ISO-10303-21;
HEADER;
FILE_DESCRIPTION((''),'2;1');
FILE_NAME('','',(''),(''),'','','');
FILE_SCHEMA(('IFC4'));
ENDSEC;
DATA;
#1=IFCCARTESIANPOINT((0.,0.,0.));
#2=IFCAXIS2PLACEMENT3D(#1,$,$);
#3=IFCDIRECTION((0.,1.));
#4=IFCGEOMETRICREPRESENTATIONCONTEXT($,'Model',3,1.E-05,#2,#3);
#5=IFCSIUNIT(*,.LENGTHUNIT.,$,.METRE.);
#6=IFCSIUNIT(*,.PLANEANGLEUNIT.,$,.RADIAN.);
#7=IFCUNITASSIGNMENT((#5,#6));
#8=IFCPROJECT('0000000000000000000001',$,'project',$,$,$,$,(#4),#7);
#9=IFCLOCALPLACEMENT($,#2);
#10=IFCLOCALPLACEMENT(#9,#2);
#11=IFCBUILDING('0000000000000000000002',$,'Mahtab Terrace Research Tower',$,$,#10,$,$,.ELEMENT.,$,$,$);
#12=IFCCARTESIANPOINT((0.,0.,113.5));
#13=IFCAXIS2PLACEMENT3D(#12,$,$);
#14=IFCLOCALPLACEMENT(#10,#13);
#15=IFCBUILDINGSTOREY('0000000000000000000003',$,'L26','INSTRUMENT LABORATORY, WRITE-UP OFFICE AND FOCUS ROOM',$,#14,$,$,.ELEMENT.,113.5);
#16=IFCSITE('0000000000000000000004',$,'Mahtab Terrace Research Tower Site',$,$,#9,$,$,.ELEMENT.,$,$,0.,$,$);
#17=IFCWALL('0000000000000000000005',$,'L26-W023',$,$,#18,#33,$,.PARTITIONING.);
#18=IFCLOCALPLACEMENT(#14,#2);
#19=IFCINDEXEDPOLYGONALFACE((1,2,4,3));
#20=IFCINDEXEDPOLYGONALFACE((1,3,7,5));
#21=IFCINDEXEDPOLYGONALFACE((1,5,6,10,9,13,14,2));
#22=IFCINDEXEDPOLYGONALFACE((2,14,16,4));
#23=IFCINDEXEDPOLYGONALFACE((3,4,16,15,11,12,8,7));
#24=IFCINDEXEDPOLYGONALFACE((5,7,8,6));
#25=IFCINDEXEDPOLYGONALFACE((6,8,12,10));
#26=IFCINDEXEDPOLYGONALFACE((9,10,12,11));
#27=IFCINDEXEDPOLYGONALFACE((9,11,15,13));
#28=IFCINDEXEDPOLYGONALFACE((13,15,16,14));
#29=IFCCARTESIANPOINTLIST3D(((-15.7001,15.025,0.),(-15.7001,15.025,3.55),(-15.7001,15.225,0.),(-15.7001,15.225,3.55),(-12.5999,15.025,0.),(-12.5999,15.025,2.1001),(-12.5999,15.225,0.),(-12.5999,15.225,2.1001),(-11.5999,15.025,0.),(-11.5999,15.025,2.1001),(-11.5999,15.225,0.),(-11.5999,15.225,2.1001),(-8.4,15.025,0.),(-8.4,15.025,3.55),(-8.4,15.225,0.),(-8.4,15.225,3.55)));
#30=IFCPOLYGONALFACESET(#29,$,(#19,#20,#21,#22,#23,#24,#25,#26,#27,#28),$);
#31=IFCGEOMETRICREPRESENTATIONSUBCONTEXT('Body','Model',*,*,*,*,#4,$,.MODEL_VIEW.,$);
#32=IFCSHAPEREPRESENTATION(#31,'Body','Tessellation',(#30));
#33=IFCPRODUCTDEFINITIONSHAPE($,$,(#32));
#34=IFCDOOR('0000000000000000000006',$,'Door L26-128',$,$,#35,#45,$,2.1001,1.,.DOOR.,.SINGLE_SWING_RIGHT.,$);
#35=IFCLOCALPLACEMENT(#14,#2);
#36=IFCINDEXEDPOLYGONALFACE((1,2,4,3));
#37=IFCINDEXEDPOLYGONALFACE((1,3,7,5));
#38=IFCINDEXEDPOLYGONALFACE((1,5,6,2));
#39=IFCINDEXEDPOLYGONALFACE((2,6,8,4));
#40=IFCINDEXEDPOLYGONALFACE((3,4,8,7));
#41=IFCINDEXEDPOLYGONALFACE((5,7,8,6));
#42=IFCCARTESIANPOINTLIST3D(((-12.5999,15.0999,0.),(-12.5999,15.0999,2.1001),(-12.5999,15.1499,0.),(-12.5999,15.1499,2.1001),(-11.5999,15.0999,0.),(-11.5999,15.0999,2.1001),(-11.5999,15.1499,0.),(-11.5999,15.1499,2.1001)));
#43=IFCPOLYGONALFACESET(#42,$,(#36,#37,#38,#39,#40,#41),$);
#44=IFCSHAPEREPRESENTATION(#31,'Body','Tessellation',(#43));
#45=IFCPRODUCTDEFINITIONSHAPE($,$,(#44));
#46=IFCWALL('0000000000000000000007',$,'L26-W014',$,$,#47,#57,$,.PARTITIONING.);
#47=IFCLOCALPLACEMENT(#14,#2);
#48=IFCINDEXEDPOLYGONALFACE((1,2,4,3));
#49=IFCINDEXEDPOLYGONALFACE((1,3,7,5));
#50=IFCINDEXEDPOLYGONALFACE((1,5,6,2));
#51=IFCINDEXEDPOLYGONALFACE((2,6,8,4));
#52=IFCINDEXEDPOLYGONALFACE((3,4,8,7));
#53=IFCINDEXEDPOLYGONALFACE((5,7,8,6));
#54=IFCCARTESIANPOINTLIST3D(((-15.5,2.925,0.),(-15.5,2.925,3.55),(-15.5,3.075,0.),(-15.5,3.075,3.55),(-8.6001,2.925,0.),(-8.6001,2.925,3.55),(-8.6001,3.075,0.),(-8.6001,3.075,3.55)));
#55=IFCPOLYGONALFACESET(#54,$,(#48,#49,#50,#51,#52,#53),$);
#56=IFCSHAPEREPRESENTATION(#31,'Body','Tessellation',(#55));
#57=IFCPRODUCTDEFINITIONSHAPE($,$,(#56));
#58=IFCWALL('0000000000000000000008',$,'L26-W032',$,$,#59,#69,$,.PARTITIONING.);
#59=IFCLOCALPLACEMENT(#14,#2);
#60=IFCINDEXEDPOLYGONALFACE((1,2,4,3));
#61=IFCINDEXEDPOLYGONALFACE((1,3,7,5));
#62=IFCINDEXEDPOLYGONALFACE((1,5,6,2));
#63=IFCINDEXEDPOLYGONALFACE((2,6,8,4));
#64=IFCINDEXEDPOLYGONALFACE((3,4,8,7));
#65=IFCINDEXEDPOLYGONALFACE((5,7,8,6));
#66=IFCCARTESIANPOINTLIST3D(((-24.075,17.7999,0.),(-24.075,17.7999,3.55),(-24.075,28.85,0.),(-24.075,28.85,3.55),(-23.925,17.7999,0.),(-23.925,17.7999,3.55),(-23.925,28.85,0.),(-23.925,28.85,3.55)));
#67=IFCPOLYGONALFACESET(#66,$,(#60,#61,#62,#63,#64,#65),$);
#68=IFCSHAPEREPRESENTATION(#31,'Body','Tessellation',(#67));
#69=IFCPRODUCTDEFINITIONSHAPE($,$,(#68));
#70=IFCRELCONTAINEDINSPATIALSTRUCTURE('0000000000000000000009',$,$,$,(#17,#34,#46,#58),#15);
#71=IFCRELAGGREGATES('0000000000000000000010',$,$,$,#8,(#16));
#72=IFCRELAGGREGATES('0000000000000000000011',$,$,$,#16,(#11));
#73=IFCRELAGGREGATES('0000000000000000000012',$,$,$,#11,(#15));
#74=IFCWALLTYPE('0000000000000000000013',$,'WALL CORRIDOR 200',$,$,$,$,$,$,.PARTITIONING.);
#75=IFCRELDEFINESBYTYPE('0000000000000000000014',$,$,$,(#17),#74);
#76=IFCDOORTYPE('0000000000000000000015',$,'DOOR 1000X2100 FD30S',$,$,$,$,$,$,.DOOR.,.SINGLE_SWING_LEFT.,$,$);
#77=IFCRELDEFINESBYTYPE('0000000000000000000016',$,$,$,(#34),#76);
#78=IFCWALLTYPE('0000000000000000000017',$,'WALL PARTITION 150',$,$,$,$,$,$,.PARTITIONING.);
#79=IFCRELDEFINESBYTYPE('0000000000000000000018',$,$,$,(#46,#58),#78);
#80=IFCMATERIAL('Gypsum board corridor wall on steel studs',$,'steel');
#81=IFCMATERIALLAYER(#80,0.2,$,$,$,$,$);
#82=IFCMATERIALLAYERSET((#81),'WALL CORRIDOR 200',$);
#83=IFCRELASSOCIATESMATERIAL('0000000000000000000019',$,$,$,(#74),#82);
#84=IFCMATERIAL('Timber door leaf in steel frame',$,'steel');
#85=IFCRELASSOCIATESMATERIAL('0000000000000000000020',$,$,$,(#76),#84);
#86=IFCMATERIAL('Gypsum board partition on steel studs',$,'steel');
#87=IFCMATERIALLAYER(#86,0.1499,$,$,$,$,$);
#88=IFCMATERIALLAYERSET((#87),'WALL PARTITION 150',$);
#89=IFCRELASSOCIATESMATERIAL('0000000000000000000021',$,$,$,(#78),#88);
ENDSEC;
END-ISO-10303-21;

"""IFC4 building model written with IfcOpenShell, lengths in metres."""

from ifc_helpers import new_model, si_unit, direction, frame, frame_2d, origin, place, context, subcontext, project, spatial, rectangle, extrude, material, layer, layer_set, type_object, element, fill, save


model = new_model("IFC4")

# Units and contexts
model_context = context("Model", 3, precision=1e-05, world=origin(), true_north=direction((0.0, 1.0)))
body_context = subcontext(model_context, "Body", "Model", "MODEL_VIEW")
ifc_project = project(units=[si_unit("LENGTHUNIT", "METRE"), si_unit("PLANEANGLEUNIT", "RADIAN")], contexts=[model_context])

# Site, building, storey
site_placement = place(None, origin())
site = spatial("IfcSite", under=ifc_project, at=site_placement, Name="Mahtab Terrace Research Tower Site", CompositionType="ELEMENT", RefElevation=0.0)
building_placement = place(site_placement, origin())
building = spatial("IfcBuilding", under=site, at=building_placement, Name="Mahtab Terrace Research Tower", CompositionType="ELEMENT")
storey_placement = place(building_placement, frame((0.0, 0.0, 113.5)))
storey = spatial("IfcBuildingStorey", under=building, at=storey_placement, Name="L26", Description="INSTRUMENT LABORATORY, WRITE-UP OFFICE AND FOCUS ROOM", CompositionType="ELEMENT", Elevation=113.5)

# Wall, opening, door
ifc_material_1 = material(Name="Gypsum board corridor wall on steel studs", Category="steel")
ifc_layer_1 = layer(ifc_material_1, 0.2)
ifc_layer_set_1 = layer_set([ifc_layer_1], Name="WALL CORRIDOR 200")
wall_type_1 = type_object("IfcWallType", Name="WALL CORRIDOR 200", PredefinedType="PARTITIONING", material=ifc_layer_set_1)
wall_1_placement = place(storey_placement, frame((-15.7, 15.125, 0.0), z_axis=(0.0, 0.0, 1.0), x_axis=(1.0, 0.0, 0.0)))
wall_1 = element("IfcWall", 1, at=wall_1_placement, inside=storey, type_object=wall_type_1, Name="L26-W023", PredefinedType="PARTITIONING", context=body_context, shape_type="SweptSolid", body=[
    extrude(rectangle(XDim=7.3, YDim=0.2, at=frame_2d((3.6499, 0.0))), origin(), (0.0, 0.0, 1.0), 3.55),
])
opening_1_placement = place(wall_1_placement, frame((3.1001, 0.0, 0.0)))
opening_1 = element("IfcOpeningElement", 2, at=opening_1_placement, cuts=wall_1, PredefinedType="OPENING", context=body_context, shape_type="SweptSolid", body=[
    extrude(rectangle(XDim=1.0, YDim=2.1001, at=frame_2d((0.5, 1.05))), frame((0.0, 0.1099, 0.0), z_axis=(0.0, -1.0, 0.0), x_axis=(1.0, 0.0, 0.0)), (0.0, 0.0, 1.0), 0.22),
])
ifc_material_2 = material(Name="Timber door leaf in steel frame", Category="steel")
door_type_1 = type_object("IfcDoorType", Name="DOOR 1000X2100 FD30S", OperationType="SINGLE_SWING_LEFT", PredefinedType="DOOR", material=ifc_material_2)
door_1_placement = place(opening_1_placement, origin())
door_1 = element("IfcDoor", 3, at=door_1_placement, inside=storey, type_object=door_type_1, Name="Door L26-128", OperationType="SINGLE_SWING_RIGHT", OverallHeight=2.1001, OverallWidth=1.0, PredefinedType="DOOR", context=body_context, shape_type="SweptSolid", body=[
    extrude(rectangle(XDim=1.0, YDim=2.1001, at=frame_2d((0.5, 1.05))), frame((0.0, 0.0249, 0.0), z_axis=(0.0, -1.0, 0.0), x_axis=(1.0, 0.0, 0.0)), (0.0, 0.0, 1.0), 0.05),
])
fill(opening_1, door_1)

# Walls
ifc_material_3 = material(Name="Gypsum board partition on steel studs", Category="steel")
ifc_layer_2 = layer(ifc_material_3, 0.1499)
ifc_layer_set_2 = layer_set([ifc_layer_2], Name="WALL PARTITION 150")
wall_type_2 = type_object("IfcWallType", Name="WALL PARTITION 150", PredefinedType="PARTITIONING", material=ifc_layer_set_2)
wall_2_placement = place(storey_placement, frame((-15.5, 3.0, 0.0), z_axis=(0.0, 0.0, 1.0), x_axis=(1.0, 0.0, 0.0)))
element("IfcWall", 4, at=wall_2_placement, inside=storey, type_object=wall_type_2, Name="L26-W014", PredefinedType="PARTITIONING", context=body_context, shape_type="SweptSolid", body=[
    extrude(rectangle(XDim=6.8999, YDim=0.1499, at=frame_2d((3.45, 0.0))), origin(), (0.0, 0.0, 1.0), 3.55),
])
wall_3_placement = place(storey_placement, frame((-24.0, 17.8, 0.0), z_axis=(0.0, 0.0, 1.0), x_axis=(0.0, 1.0, 0.0)))
element("IfcWall", 5, at=wall_3_placement, inside=storey, type_object=wall_type_2, Name="L26-W032", PredefinedType="PARTITIONING", context=body_context, shape_type="SweptSolid", body=[
    extrude(rectangle(XDim=11.05, YDim=0.1499, at=frame_2d((5.5249, 0.0))), origin(), (0.0, 0.0, 1.0), 3.55),
])

save(model, "model.ifc")
